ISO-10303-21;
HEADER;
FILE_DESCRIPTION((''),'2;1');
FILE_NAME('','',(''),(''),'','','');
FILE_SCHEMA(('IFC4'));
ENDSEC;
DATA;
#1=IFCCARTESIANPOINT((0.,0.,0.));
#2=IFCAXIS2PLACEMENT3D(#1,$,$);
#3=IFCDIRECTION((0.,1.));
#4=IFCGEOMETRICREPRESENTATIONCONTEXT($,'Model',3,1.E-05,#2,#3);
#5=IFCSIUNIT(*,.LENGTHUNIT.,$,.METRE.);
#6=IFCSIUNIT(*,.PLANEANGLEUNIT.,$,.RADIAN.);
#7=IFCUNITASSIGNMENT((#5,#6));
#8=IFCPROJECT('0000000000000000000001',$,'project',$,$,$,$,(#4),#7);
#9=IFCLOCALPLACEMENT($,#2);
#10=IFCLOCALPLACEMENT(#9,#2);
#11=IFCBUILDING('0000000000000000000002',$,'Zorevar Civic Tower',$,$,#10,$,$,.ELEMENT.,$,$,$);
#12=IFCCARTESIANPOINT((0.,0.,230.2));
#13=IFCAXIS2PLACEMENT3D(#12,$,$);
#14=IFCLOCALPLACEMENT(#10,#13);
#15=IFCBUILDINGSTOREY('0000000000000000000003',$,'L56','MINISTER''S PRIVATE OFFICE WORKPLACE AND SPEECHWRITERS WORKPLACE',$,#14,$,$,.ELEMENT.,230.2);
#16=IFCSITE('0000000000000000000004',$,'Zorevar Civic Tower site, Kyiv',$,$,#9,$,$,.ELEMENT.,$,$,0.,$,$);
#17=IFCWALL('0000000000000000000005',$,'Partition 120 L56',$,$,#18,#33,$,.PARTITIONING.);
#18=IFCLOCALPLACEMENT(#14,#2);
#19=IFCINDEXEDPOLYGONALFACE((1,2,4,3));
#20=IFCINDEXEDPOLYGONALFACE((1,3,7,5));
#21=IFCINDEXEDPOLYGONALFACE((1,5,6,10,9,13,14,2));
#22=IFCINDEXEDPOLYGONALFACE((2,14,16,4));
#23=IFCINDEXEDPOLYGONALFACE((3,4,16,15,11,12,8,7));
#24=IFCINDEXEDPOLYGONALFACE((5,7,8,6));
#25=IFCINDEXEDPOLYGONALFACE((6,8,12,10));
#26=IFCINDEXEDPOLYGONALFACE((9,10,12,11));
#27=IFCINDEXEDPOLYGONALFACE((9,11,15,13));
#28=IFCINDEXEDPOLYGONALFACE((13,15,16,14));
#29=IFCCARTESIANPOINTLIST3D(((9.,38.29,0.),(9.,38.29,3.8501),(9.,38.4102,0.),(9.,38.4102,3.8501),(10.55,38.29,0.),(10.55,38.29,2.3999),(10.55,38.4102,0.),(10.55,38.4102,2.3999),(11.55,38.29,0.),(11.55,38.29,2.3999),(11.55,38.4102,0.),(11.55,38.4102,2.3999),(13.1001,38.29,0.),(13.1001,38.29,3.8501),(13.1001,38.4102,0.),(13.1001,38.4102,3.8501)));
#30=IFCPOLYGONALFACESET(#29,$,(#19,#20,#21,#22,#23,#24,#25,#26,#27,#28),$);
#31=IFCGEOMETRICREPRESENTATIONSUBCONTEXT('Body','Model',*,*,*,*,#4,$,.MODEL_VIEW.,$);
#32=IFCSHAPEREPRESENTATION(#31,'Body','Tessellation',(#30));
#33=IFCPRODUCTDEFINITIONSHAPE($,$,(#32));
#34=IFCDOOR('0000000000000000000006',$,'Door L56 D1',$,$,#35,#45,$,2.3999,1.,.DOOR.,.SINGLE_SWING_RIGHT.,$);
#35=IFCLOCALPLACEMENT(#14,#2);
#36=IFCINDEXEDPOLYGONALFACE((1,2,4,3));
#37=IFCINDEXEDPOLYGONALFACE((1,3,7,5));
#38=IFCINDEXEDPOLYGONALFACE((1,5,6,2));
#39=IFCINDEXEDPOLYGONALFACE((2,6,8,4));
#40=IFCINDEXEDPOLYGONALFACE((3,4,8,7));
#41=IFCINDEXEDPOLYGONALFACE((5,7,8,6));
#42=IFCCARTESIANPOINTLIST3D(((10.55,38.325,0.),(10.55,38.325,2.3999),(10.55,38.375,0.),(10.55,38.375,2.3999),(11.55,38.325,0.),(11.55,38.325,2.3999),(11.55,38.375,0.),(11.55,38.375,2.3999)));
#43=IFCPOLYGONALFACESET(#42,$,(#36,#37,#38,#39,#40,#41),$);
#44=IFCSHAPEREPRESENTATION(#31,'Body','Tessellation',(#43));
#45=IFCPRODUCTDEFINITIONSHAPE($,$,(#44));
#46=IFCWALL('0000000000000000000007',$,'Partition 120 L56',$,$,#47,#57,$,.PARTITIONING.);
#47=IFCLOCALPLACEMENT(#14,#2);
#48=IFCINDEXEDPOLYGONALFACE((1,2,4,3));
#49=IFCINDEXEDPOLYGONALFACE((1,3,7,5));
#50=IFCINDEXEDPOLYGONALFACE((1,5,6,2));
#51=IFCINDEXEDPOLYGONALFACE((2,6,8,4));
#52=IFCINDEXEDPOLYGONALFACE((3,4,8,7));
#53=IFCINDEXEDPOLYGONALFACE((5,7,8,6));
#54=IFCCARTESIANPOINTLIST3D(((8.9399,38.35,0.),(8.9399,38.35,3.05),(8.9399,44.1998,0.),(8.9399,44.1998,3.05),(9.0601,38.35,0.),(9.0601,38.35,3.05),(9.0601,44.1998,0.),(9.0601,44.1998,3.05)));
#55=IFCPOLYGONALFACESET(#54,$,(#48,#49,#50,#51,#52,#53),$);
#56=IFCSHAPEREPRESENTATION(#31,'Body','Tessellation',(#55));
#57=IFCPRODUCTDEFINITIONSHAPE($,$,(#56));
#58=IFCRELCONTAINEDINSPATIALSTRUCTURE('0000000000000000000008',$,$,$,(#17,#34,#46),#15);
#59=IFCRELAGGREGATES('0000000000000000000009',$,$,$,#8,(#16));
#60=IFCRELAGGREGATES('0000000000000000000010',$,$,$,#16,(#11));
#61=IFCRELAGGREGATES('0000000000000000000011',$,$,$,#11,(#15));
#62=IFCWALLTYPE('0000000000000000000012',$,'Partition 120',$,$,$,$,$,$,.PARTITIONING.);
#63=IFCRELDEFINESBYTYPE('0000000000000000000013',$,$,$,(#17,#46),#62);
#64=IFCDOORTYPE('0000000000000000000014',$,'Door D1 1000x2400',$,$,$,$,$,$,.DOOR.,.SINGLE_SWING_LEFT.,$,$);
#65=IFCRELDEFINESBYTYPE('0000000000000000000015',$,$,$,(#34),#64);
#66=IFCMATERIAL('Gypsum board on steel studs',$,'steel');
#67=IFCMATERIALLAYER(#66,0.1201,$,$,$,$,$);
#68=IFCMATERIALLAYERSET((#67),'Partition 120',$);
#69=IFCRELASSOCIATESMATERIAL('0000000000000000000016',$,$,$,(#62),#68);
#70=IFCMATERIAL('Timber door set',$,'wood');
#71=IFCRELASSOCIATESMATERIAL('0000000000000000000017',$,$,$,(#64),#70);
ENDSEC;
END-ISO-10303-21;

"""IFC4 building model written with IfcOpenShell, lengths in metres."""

from ifc_helpers import new_model, si_unit, direction, frame, frame_2d, origin, place, context, subcontext, project, spatial, rectangle, extrude, material, layer, layer_set, type_object, element, fill, save


model = new_model("IFC4")

# Units and contexts
model_context = context("Model", 3, precision=1e-05, world=origin(), true_north=direction((0.0, 1.0)))
body_context = subcontext(model_context, "Body", "Model", "MODEL_VIEW")
ifc_project = project(units=[si_unit("LENGTHUNIT", "METRE"), si_unit("PLANEANGLEUNIT", "RADIAN")], contexts=[model_context])

# Site, building, storey
site_placement = place(None, origin())
site = spatial("IfcSite", under=ifc_project, at=site_placement, Name="Zorevar Civic Tower site, Kyiv", CompositionType="ELEMENT", RefElevation=0.0)
building_placement = place(site_placement, origin())
building = spatial("IfcBuilding", under=site, at=building_placement, Name="Zorevar Civic Tower", CompositionType="ELEMENT")
storey_placement = place(building_placement, frame((0.0, 0.0, 230.2)))
storey = spatial("IfcBuildingStorey", under=building, at=storey_placement, Name="L56", Description="MINISTER'S PRIVATE OFFICE WORKPLACE AND SPEECHWRITERS WORKPLACE", CompositionType="ELEMENT", Elevation=230.2)

# Wall, opening, door
ifc_material_1 = material(Name="Gypsum board on steel studs", Category="steel")
ifc_layer_1 = layer(ifc_material_1, 0.1201)
ifc_layer_set_1 = layer_set([ifc_layer_1], Name="Partition 120")
wall_type = type_object("IfcWallType", Name="Partition 120", PredefinedType="PARTITIONING", material=ifc_layer_set_1)
wall_1_placement = place(storey_placement, frame((9.0, 38.3501, 0.0), z_axis=(0.0, 0.0, 1.0), x_axis=(1.0, 0.0, 0.0)))
wall_1 = element("IfcWall", 1, at=wall_1_placement, inside=storey, type_object=wall_type, Name="Partition 120 L56", PredefinedType="PARTITIONING", context=body_context, shape_type="SweptSolid", body=[
    extrude(rectangle(XDim=4.1001, YDim=0.1201, at=frame_2d((2.05, 0.0))), origin(), (0.0, 0.0, 1.0), 3.8501),
])
opening_placement = place(wall_1_placement, frame((1.55, 0.0, 0.0)))
opening = element("IfcOpeningElement", 2, at=opening_placement, cuts=wall_1, PredefinedType="OPENING", context=body_context, shape_type="SweptSolid", body=[
    extrude(rectangle(XDim=1.0, YDim=2.3999, at=frame_2d((0.5, 1.2))), frame((0.0, 0.0701, 0.0), z_axis=(0.0, -1.0, 0.0), x_axis=(1.0, 0.0, 0.0)), (0.0, 0.0, 1.0), 0.1401),
])
ifc_material_2 = material(Name="Timber door set", Category="wood")
door_type = type_object("IfcDoorType", Name="Door D1 1000x2400", OperationType="SINGLE_SWING_LEFT", PredefinedType="DOOR", material=ifc_material_2)
door_placement = place(opening_placement, origin())
door = element("IfcDoor", 3, at=door_placement, inside=storey, type_object=door_type, Name="Door L56 D1", OperationType="SINGLE_SWING_RIGHT", OverallHeight=2.3999, OverallWidth=1.0, PredefinedType="DOOR", context=body_context, shape_type="SweptSolid", body=[
    extrude(rectangle(XDim=1.0, YDim=2.3999, at=frame_2d((0.5, 1.2))), frame((0.0, 0.0249, 0.0), z_axis=(0.0, -1.0, 0.0), x_axis=(1.0, 0.0, 0.0)), (0.0, 0.0, 1.0), 0.05),
])
fill(opening, door)

# Wall
wall_2_placement = place(storey_placement, frame((9.0, 38.3501, 0.0), z_axis=(0.0, 0.0, 1.0), x_axis=(0.0, 1.0, 0.0)))
element("IfcWall", 4, at=wall_2_placement, inside=storey, type_object=wall_type, Name="Partition 120 L56", PredefinedType="PARTITIONING", context=body_context, shape_type="SweptSolid", body=[
    extrude(rectangle(XDim=5.8499, YDim=0.1201, at=frame_2d((2.9248, 0.0))), origin(), (0.0, 0.0, 1.0), 3.05),
])

save(model, "model.ifc")
